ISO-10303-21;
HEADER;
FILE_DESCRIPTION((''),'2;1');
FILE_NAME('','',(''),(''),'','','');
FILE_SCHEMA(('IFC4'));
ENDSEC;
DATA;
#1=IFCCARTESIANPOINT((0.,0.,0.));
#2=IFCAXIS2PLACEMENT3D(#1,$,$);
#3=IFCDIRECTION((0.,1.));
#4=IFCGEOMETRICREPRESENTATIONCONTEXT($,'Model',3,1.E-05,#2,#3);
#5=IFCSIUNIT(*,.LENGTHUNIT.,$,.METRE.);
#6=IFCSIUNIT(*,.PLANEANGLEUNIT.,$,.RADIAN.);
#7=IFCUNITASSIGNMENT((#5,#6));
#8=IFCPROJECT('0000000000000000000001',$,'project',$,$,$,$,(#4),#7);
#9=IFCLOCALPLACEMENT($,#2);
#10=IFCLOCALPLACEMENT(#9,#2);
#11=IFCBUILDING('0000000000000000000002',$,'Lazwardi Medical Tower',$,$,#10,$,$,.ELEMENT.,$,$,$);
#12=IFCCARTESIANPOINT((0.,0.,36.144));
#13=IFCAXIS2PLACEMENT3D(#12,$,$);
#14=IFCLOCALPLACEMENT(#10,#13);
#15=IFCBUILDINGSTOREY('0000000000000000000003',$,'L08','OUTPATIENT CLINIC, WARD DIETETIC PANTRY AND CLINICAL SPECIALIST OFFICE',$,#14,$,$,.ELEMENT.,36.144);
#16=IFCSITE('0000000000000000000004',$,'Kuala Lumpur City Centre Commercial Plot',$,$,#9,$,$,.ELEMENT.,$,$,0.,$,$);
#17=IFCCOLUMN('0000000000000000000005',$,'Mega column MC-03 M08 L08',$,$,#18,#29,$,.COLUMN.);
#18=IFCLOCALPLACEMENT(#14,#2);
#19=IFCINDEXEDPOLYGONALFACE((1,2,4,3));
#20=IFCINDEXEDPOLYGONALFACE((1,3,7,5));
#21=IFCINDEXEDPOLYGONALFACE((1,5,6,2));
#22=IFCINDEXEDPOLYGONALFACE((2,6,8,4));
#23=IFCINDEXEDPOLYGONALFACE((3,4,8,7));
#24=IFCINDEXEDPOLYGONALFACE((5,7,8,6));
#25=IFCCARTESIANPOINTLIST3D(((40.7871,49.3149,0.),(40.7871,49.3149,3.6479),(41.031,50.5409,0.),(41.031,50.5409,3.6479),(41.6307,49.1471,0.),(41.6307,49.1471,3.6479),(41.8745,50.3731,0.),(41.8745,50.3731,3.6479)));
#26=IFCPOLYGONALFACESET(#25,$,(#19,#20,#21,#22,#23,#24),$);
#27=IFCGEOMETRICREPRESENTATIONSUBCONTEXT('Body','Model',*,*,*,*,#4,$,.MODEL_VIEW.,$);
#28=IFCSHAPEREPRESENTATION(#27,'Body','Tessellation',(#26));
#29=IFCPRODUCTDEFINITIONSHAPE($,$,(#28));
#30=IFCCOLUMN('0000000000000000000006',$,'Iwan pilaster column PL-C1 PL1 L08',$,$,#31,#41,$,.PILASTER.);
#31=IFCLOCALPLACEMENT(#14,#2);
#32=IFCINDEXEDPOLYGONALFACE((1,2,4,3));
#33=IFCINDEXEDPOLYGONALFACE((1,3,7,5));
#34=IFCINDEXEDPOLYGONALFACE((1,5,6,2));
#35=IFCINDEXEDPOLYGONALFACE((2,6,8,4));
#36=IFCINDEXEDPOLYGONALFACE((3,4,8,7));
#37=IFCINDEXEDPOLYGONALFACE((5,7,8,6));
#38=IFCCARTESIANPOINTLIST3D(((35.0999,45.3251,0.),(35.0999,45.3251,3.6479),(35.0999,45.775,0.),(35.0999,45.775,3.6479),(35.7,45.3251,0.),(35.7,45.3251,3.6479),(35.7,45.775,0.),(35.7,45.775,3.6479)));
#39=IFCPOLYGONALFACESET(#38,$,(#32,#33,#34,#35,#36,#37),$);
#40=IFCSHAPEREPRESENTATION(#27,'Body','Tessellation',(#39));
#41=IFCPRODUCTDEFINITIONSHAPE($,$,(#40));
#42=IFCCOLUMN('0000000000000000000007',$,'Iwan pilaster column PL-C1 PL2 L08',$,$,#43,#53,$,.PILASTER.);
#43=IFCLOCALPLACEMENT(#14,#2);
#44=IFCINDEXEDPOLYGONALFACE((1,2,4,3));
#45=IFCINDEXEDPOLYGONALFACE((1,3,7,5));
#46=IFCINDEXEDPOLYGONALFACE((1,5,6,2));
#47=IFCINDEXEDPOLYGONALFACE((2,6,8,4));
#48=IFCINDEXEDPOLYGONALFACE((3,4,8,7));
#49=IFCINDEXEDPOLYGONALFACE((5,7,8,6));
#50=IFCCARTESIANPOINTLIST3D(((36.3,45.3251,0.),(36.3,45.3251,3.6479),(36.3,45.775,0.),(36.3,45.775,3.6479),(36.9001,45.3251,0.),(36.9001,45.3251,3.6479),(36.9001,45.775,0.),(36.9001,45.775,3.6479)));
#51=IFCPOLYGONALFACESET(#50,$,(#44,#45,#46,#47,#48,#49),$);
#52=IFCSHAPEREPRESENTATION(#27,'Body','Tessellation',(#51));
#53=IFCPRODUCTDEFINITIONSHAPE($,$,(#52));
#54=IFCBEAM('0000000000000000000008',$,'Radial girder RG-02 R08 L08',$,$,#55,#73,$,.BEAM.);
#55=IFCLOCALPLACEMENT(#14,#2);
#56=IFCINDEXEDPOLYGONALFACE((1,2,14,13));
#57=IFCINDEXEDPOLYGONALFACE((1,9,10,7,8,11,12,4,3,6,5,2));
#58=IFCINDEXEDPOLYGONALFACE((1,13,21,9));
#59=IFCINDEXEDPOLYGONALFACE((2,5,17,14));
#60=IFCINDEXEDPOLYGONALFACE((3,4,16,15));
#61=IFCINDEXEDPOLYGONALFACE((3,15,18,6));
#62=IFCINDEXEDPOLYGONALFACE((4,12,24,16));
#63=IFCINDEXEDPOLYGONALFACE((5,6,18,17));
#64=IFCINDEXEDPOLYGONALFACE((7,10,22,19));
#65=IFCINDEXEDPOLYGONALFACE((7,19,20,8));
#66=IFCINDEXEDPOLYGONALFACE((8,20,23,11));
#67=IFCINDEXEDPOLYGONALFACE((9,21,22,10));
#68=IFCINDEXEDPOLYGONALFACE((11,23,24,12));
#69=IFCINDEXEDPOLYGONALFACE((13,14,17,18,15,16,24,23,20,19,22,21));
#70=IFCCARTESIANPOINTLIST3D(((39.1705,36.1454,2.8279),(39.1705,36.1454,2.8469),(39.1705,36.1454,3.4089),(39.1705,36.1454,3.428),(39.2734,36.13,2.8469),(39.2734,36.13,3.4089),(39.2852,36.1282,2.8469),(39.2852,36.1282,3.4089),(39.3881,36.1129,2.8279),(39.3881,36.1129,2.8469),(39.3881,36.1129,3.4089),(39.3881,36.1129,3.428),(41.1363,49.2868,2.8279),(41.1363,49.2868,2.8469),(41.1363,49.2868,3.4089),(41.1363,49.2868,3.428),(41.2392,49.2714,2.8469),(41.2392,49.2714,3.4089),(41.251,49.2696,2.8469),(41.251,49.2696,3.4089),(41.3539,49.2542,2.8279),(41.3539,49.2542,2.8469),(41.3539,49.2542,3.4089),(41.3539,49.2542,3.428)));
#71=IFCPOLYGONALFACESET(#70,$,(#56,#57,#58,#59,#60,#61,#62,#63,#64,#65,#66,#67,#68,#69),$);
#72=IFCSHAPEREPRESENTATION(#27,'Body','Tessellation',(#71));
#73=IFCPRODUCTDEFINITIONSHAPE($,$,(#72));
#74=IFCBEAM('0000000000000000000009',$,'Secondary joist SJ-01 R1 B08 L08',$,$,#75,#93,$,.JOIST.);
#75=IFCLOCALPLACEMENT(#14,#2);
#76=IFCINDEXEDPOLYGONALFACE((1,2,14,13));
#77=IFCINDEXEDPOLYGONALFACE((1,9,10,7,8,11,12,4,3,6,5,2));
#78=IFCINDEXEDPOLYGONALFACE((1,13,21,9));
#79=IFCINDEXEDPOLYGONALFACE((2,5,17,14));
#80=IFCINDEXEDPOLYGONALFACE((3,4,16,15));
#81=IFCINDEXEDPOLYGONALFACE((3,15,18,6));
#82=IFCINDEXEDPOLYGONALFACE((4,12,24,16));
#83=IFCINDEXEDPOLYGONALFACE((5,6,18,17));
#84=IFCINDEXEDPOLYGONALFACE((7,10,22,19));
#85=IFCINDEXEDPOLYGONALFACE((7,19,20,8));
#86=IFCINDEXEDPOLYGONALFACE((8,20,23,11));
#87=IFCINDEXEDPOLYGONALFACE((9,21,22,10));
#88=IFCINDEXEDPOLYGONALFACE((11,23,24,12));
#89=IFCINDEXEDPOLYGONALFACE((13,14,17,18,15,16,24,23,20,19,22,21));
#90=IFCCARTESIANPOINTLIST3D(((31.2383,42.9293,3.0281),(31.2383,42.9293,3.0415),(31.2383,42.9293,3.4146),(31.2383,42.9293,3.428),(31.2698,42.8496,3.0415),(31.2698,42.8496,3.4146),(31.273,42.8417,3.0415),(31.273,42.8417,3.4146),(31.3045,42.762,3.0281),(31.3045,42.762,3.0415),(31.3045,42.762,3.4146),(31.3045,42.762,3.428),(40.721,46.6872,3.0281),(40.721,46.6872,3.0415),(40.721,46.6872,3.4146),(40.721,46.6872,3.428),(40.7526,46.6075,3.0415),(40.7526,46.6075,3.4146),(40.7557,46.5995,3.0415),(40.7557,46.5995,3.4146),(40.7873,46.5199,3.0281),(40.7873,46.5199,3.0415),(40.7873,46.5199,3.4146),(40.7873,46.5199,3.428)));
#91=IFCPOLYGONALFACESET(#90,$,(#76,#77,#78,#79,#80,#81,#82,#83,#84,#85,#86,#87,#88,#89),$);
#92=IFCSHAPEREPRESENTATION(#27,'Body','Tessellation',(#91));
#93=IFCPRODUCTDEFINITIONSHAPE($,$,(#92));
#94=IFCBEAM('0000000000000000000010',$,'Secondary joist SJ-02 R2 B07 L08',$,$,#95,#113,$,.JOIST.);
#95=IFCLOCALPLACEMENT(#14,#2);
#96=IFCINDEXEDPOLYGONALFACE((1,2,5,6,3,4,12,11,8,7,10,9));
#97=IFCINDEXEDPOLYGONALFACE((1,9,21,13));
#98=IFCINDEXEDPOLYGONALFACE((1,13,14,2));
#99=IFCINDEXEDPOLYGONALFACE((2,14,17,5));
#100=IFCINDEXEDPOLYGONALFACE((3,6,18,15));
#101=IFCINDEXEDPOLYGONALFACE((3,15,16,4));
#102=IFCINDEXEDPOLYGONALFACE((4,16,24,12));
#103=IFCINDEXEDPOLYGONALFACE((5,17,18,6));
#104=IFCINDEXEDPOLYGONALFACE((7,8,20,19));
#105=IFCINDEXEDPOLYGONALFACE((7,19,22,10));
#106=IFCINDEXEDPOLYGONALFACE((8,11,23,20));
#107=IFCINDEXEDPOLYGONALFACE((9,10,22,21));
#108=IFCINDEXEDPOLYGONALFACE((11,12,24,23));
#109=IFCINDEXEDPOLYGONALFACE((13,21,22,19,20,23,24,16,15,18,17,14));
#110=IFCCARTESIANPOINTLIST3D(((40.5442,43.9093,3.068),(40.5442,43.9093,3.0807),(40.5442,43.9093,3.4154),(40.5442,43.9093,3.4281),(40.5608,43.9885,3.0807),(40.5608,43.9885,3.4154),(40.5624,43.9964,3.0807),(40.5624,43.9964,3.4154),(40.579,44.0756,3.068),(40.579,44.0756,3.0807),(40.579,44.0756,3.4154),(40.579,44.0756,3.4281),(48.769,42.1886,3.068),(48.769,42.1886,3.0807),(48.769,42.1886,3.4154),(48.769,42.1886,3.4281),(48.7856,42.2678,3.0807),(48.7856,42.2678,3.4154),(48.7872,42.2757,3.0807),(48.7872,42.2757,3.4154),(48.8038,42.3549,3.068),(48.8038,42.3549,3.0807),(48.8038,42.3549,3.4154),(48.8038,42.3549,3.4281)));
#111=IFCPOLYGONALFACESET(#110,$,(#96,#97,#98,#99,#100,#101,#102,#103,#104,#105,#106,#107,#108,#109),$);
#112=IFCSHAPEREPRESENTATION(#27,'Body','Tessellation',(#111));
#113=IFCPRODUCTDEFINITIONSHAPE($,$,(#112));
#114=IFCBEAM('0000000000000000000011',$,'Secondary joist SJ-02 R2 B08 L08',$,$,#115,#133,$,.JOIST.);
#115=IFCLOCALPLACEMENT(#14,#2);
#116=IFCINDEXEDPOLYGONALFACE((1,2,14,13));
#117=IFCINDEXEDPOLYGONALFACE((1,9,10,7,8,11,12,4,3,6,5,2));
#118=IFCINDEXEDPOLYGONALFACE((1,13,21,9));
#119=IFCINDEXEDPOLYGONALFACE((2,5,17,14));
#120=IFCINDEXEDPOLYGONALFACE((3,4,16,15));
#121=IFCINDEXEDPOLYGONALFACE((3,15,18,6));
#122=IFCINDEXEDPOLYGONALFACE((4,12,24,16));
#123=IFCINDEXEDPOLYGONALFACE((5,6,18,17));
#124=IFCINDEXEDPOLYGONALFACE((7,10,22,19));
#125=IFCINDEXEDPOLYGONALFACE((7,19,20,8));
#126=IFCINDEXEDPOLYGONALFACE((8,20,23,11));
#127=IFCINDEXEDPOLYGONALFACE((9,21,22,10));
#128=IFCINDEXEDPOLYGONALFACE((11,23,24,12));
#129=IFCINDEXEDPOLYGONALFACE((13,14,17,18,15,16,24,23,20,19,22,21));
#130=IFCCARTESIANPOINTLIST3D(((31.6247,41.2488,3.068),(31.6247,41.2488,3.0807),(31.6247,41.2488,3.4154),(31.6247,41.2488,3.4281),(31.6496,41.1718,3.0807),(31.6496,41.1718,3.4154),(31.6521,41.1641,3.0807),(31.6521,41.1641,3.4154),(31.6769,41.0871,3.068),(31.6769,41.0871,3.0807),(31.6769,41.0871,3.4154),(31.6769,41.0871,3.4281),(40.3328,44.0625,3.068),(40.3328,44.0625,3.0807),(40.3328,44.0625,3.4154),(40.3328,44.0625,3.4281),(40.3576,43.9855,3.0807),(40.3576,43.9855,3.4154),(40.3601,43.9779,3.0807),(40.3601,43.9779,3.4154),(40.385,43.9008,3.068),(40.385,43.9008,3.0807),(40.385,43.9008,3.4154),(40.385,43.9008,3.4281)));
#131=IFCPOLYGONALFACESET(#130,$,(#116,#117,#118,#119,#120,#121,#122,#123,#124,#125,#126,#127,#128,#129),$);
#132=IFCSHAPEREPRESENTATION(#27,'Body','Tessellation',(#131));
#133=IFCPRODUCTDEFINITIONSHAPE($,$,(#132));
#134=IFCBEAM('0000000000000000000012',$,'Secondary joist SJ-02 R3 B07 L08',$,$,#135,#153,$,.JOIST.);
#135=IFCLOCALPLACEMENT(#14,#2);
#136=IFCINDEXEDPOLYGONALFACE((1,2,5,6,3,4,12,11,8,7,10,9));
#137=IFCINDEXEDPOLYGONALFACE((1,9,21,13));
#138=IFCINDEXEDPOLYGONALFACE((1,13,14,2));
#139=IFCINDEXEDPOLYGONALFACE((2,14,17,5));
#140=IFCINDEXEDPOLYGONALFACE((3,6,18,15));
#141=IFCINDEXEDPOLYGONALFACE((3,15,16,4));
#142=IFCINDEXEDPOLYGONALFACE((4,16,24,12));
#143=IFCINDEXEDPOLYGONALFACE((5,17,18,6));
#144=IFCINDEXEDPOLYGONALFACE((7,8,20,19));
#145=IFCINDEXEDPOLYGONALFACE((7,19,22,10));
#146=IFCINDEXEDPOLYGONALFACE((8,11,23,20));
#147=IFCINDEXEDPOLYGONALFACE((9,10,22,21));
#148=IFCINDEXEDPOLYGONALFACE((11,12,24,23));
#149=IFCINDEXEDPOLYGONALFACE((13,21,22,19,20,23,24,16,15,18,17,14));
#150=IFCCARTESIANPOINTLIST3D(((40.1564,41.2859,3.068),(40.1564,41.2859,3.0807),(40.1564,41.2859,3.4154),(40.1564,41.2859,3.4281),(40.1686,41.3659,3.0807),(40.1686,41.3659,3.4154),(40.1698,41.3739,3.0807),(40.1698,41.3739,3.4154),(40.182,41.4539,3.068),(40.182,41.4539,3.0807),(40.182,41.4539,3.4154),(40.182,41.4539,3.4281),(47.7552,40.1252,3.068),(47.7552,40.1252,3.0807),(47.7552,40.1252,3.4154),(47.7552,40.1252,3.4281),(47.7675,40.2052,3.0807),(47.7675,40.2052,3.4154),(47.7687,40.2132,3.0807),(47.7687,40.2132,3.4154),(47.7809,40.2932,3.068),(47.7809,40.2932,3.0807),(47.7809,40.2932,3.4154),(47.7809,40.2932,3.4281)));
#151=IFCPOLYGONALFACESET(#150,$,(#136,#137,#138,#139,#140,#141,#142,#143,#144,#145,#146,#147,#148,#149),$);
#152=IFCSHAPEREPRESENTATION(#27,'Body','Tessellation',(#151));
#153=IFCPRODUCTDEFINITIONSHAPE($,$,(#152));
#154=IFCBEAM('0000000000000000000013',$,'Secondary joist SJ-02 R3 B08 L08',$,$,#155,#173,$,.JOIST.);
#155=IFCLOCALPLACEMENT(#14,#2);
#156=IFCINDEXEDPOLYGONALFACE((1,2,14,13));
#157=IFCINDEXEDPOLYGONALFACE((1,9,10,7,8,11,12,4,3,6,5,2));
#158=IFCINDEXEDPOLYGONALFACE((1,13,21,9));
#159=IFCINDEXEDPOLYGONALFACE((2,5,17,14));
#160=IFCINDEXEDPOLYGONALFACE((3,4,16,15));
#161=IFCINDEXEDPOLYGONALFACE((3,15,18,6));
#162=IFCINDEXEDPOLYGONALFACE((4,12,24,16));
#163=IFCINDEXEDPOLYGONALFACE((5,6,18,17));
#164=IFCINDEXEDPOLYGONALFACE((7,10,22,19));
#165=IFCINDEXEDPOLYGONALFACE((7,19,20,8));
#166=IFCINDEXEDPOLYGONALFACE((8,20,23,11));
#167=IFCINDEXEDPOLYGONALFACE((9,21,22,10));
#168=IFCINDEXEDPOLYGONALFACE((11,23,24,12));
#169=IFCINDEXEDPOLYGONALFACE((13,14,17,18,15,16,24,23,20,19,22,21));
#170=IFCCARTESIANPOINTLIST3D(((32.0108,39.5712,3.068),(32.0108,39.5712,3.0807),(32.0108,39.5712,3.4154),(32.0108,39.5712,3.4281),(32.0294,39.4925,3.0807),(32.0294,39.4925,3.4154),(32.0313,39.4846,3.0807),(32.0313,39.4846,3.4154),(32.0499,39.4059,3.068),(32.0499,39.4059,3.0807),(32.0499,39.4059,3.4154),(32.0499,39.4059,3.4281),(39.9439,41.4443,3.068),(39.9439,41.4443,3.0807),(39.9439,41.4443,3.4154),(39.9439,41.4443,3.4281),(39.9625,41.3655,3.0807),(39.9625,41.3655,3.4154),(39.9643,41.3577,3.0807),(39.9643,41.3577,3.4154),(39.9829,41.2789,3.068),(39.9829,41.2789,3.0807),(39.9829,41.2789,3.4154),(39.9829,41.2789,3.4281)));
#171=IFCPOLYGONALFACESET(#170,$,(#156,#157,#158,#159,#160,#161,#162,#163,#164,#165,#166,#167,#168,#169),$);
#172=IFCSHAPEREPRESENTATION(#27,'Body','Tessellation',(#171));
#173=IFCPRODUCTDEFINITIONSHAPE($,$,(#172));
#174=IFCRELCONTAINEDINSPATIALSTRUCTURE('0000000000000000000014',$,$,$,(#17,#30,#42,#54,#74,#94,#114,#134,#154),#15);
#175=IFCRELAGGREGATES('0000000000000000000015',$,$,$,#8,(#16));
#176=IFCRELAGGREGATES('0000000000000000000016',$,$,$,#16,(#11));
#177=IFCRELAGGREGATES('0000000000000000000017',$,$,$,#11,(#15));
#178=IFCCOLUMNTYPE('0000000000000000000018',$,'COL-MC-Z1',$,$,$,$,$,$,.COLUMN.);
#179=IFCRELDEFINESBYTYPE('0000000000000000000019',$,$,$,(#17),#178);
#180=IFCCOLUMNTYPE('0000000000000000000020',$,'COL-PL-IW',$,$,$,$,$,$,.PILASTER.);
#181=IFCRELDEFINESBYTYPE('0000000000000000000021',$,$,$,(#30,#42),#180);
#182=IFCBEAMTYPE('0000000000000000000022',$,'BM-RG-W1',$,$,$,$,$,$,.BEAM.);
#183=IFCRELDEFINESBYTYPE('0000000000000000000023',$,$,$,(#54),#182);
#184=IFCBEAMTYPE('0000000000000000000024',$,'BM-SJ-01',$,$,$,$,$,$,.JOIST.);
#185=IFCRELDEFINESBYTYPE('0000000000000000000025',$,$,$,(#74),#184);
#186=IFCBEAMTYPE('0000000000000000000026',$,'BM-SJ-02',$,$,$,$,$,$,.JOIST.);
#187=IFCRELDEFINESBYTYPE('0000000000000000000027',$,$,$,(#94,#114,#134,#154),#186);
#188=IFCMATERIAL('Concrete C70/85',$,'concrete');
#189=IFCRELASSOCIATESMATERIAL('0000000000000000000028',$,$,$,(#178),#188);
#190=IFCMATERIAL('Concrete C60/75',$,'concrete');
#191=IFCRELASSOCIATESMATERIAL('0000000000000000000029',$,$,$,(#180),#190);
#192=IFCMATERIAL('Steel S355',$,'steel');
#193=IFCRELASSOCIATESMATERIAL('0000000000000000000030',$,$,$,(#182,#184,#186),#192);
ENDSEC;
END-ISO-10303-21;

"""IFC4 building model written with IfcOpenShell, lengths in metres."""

from ifc_helpers import new_model, si_unit, direction, frame, origin, origin_2d, place, context, subcontext, project, spatial, rectangle, i_section, extrude, material, material_profile, profile_set, type_object, element, save


model = new_model("IFC4")

# Units and contexts
model_context = context("Model", 3, precision=1e-05, world=origin(), true_north=direction((0.0, 1.0)))
body_context = subcontext(model_context, "Body", "Model", "MODEL_VIEW")
ifc_project = project(units=[si_unit("LENGTHUNIT", "METRE"), si_unit("PLANEANGLEUNIT", "RADIAN")], contexts=[model_context])

# Site, building, storey
site_placement = place(None, origin())
site = spatial("IfcSite", under=ifc_project, at=site_placement, Name="Kuala Lumpur City Centre Commercial Plot", CompositionType="ELEMENT", RefElevation=0.0)
building_placement = place(site_placement, origin())
building = spatial("IfcBuilding", under=site, at=building_placement, Name="Lazwardi Medical Tower", CompositionType="ELEMENT")
storey_placement = place(building_placement, frame((0.0, 0.0, 36.144)))
storey = spatial("IfcBuildingStorey", under=building, at=storey_placement, Name="L08", Description="OUTPATIENT CLINIC, WARD DIETETIC PANTRY AND CLINICAL SPECIALIST OFFICE", CompositionType="ELEMENT", Elevation=36.144)

# Columns
ifc_material_1 = material(Name="Concrete C70/85", Category="concrete")
ifc_material_profile_1 = material_profile(ifc_material_1, rectangle(XDim=1.25, YDim=0.8601, at=origin_2d()), Name="CFT-RECT 1250x860")
ifc_profile_set_1 = profile_set([ifc_material_profile_1], Name="Concrete C70/85")
column_type_1 = type_object("IfcColumnType", Name="COL-MC-Z1", PredefinedType="COLUMN", material=ifc_profile_set_1)
column_placement = place(storey_placement, frame((41.3308, 49.844, 0.0), z_axis=(0.0, 0.0, 1.0), x_axis=(0.19509, 0.980785, 0.0)))
element("IfcColumn", 1, at=column_placement, inside=storey, type_object=column_type_1, Name="Mega column MC-03 M08 L08", PredefinedType="COLUMN", context=body_context, shape_type="SweptSolid", body=[
    extrude(rectangle(XDim=1.25, YDim=0.8601, at=origin_2d()), origin(), (0.0, 0.0, 1.0), 3.6479),
])
ifc_material_2 = material(Name="Concrete C60/75", Category="concrete")
ifc_material_profile_2 = material_profile(ifc_material_2, rectangle(XDim=0.6001, YDim=0.45, at=origin_2d()), Name="RC 600x450")
ifc_profile_set_2 = profile_set([ifc_material_profile_2], Name="Concrete C60/75")
column_type_2 = type_object("IfcColumnType", Name="COL-PL-IW", PredefinedType="PILASTER", material=ifc_profile_set_2)
for number, where, z_axis, x_axis, name in (
    (2, (35.3999, 45.55, 0.0), (0.0, 0.0, 1.0), (1.0, 0.0, 0.0), "Iwan pilaster column PL-C1 PL1 L08"),
    (3, (36.6001, 45.55, 0.0), (0.0, 0.0, 1.0), (1.0, 0.0, 0.0), "Iwan pilaster column PL-C1 PL2 L08"),
):
    element("IfcColumn", number, at=place(storey_placement, frame(where, z_axis=z_axis, x_axis=x_axis)), inside=storey, type_object=column_type_2, Name=name, PredefinedType="PILASTER", context=body_context, shape_type="SweptSolid", body=[
        extrude(rectangle(XDim=0.6001, YDim=0.45, at=origin_2d()), origin(), (0.0, 0.0, 1.0), 3.6479),
    ])

# Beams
ifc_material_3 = material(Name="Steel S355", Category="steel")
ifc_material_profile_3 = material_profile(ifc_material_3, i_section(OverallWidth=0.22, OverallDepth=0.6001, WebThickness=0.012, FlangeThickness=0.019, at=origin_2d()), Name="IPE 600")
ifc_profile_set_3 = profile_set([ifc_material_profile_3], Name="Steel S355")
beam_type_1 = type_object("IfcBeamType", Name="BM-RG-W1", PredefinedType="BEAM", material=ifc_profile_set_3)
beam_1_placement = place(storey_placement, frame((41.2451, 49.2705, 3.1279), z_axis=(-0.147944, -0.988996, 0.0), x_axis=(0.988996, -0.147944, 0.0)))
element("IfcBeam", 4, at=beam_1_placement, inside=storey, type_object=beam_type_1, Name="Radial girder RG-02 R08 L08", PredefinedType="BEAM", context=body_context, shape_type="SweptSolid", body=[
    extrude(i_section(OverallWidth=0.22, OverallDepth=0.6001, WebThickness=0.012, FlangeThickness=0.019, at=origin_2d()), origin(), (0.0, 0.0, 1.0), 13.2876),
])
ifc_material_profile_4 = material_profile(ifc_material_3, i_section(OverallWidth=0.1799, OverallDepth=0.3999, WebThickness=0.0085, FlangeThickness=0.0134, at=origin_2d()), Name="IPE 400")
ifc_profile_set_4 = profile_set([ifc_material_profile_4], Name="Steel S355")
beam_type_2 = type_object("IfcBeamType", Name="BM-SJ-01", PredefinedType="JOIST", material=ifc_profile_set_4)
beam_2_placement = place(storey_placement, frame((40.7542, 46.6035, 3.228), z_axis=(-0.929664, -0.368409, 0.0), x_axis=(0.368409, -0.929664, 0.0)))
element("IfcBeam", 5, at=beam_2_placement, inside=storey, type_object=beam_type_2, Name="Secondary joist SJ-01 R1 B08 L08", PredefinedType="JOIST", context=body_context, shape_type="SweptSolid", body=[
    extrude(i_section(OverallWidth=0.1799, OverallDepth=0.3999, WebThickness=0.0085, FlangeThickness=0.0134, at=origin_2d()), origin(), (0.0, 0.0, 1.0), 10.2002),
])
ifc_material_profile_5 = material_profile(ifc_material_3, i_section(OverallWidth=0.1699, OverallDepth=0.3601, WebThickness=0.0081, FlangeThickness=0.0127, at=origin_2d()), Name="IPE 360")
ifc_profile_set_5 = profile_set([ifc_material_profile_5], Name="Steel S355")
beam_type_3 = type_object("IfcBeamType", Name="BM-SJ-02", PredefinedType="JOIST", material=ifc_profile_set_5)
beam_3_placement = place(storey_placement, frame((48.7864, 42.2717, 3.248), z_axis=(-0.978809, 0.204774, 0.0), x_axis=(-0.204774, -0.978809, 0.0)))
element("IfcBeam", 6, at=beam_3_placement, inside=storey, type_object=beam_type_3, Name="Secondary joist SJ-02 R2 B07 L08", PredefinedType="JOIST", context=body_context, shape_type="SweptSolid", body=[
    extrude(i_section(OverallWidth=0.1699, OverallDepth=0.3601, WebThickness=0.0081, FlangeThickness=0.0127, at=origin_2d()), origin(), (0.0, 0.0, 1.0), 8.4028),
])
beam_4_placement = place(storey_placement, frame((40.3589, 43.9817, 3.248), z_axis=(-0.951559, -0.307467, 0.0), x_axis=(0.307467, -0.951559, 0.0)))
element("IfcBeam", 7, at=beam_4_placement, inside=storey, type_object=beam_type_3, Name="Secondary joist SJ-02 R2 B08 L08", PredefinedType="JOIST", context=body_context, shape_type="SweptSolid", body=[
    extrude(i_section(OverallWidth=0.1699, OverallDepth=0.3601, WebThickness=0.0081, FlangeThickness=0.0127, at=origin_2d()), origin(), (0.0, 0.0, 1.0), 9.1514),
])
beam_5_placement = place(storey_placement, frame((47.7681, 40.2092, 3.248), z_axis=(-0.988536, 0.150988, 0.0), x_axis=(-0.150988, -0.988536, 0.0)))
element("IfcBeam", 8, at=beam_5_placement, inside=storey, type_object=beam_type_3, Name="Secondary joist SJ-02 R3 B07 L08", PredefinedType="JOIST", context=body_context, shape_type="SweptSolid", body=[
    extrude(i_section(OverallWidth=0.1699, OverallDepth=0.3601, WebThickness=0.0081, FlangeThickness=0.0127, at=origin_2d()), origin(), (0.0, 0.0, 1.0), 7.687),
])
beam_6_placement = place(storey_placement, frame((39.9634, 41.3616, 3.248), z_axis=(-0.973241, -0.229787, 0.0), x_axis=(0.229787, -0.973241, 0.0)))
element("IfcBeam", 9, at=beam_6_placement, inside=storey, type_object=beam_type_3, Name="Secondary joist SJ-02 R3 B08 L08", PredefinedType="JOIST", context=body_context, shape_type="SweptSolid", body=[
    extrude(i_section(OverallWidth=0.1699, OverallDepth=0.3601, WebThickness=0.0081, FlangeThickness=0.0127, at=origin_2d()), origin(), (0.0, 0.0, 1.0), 8.1511),
])

save(model, "model.ifc")
